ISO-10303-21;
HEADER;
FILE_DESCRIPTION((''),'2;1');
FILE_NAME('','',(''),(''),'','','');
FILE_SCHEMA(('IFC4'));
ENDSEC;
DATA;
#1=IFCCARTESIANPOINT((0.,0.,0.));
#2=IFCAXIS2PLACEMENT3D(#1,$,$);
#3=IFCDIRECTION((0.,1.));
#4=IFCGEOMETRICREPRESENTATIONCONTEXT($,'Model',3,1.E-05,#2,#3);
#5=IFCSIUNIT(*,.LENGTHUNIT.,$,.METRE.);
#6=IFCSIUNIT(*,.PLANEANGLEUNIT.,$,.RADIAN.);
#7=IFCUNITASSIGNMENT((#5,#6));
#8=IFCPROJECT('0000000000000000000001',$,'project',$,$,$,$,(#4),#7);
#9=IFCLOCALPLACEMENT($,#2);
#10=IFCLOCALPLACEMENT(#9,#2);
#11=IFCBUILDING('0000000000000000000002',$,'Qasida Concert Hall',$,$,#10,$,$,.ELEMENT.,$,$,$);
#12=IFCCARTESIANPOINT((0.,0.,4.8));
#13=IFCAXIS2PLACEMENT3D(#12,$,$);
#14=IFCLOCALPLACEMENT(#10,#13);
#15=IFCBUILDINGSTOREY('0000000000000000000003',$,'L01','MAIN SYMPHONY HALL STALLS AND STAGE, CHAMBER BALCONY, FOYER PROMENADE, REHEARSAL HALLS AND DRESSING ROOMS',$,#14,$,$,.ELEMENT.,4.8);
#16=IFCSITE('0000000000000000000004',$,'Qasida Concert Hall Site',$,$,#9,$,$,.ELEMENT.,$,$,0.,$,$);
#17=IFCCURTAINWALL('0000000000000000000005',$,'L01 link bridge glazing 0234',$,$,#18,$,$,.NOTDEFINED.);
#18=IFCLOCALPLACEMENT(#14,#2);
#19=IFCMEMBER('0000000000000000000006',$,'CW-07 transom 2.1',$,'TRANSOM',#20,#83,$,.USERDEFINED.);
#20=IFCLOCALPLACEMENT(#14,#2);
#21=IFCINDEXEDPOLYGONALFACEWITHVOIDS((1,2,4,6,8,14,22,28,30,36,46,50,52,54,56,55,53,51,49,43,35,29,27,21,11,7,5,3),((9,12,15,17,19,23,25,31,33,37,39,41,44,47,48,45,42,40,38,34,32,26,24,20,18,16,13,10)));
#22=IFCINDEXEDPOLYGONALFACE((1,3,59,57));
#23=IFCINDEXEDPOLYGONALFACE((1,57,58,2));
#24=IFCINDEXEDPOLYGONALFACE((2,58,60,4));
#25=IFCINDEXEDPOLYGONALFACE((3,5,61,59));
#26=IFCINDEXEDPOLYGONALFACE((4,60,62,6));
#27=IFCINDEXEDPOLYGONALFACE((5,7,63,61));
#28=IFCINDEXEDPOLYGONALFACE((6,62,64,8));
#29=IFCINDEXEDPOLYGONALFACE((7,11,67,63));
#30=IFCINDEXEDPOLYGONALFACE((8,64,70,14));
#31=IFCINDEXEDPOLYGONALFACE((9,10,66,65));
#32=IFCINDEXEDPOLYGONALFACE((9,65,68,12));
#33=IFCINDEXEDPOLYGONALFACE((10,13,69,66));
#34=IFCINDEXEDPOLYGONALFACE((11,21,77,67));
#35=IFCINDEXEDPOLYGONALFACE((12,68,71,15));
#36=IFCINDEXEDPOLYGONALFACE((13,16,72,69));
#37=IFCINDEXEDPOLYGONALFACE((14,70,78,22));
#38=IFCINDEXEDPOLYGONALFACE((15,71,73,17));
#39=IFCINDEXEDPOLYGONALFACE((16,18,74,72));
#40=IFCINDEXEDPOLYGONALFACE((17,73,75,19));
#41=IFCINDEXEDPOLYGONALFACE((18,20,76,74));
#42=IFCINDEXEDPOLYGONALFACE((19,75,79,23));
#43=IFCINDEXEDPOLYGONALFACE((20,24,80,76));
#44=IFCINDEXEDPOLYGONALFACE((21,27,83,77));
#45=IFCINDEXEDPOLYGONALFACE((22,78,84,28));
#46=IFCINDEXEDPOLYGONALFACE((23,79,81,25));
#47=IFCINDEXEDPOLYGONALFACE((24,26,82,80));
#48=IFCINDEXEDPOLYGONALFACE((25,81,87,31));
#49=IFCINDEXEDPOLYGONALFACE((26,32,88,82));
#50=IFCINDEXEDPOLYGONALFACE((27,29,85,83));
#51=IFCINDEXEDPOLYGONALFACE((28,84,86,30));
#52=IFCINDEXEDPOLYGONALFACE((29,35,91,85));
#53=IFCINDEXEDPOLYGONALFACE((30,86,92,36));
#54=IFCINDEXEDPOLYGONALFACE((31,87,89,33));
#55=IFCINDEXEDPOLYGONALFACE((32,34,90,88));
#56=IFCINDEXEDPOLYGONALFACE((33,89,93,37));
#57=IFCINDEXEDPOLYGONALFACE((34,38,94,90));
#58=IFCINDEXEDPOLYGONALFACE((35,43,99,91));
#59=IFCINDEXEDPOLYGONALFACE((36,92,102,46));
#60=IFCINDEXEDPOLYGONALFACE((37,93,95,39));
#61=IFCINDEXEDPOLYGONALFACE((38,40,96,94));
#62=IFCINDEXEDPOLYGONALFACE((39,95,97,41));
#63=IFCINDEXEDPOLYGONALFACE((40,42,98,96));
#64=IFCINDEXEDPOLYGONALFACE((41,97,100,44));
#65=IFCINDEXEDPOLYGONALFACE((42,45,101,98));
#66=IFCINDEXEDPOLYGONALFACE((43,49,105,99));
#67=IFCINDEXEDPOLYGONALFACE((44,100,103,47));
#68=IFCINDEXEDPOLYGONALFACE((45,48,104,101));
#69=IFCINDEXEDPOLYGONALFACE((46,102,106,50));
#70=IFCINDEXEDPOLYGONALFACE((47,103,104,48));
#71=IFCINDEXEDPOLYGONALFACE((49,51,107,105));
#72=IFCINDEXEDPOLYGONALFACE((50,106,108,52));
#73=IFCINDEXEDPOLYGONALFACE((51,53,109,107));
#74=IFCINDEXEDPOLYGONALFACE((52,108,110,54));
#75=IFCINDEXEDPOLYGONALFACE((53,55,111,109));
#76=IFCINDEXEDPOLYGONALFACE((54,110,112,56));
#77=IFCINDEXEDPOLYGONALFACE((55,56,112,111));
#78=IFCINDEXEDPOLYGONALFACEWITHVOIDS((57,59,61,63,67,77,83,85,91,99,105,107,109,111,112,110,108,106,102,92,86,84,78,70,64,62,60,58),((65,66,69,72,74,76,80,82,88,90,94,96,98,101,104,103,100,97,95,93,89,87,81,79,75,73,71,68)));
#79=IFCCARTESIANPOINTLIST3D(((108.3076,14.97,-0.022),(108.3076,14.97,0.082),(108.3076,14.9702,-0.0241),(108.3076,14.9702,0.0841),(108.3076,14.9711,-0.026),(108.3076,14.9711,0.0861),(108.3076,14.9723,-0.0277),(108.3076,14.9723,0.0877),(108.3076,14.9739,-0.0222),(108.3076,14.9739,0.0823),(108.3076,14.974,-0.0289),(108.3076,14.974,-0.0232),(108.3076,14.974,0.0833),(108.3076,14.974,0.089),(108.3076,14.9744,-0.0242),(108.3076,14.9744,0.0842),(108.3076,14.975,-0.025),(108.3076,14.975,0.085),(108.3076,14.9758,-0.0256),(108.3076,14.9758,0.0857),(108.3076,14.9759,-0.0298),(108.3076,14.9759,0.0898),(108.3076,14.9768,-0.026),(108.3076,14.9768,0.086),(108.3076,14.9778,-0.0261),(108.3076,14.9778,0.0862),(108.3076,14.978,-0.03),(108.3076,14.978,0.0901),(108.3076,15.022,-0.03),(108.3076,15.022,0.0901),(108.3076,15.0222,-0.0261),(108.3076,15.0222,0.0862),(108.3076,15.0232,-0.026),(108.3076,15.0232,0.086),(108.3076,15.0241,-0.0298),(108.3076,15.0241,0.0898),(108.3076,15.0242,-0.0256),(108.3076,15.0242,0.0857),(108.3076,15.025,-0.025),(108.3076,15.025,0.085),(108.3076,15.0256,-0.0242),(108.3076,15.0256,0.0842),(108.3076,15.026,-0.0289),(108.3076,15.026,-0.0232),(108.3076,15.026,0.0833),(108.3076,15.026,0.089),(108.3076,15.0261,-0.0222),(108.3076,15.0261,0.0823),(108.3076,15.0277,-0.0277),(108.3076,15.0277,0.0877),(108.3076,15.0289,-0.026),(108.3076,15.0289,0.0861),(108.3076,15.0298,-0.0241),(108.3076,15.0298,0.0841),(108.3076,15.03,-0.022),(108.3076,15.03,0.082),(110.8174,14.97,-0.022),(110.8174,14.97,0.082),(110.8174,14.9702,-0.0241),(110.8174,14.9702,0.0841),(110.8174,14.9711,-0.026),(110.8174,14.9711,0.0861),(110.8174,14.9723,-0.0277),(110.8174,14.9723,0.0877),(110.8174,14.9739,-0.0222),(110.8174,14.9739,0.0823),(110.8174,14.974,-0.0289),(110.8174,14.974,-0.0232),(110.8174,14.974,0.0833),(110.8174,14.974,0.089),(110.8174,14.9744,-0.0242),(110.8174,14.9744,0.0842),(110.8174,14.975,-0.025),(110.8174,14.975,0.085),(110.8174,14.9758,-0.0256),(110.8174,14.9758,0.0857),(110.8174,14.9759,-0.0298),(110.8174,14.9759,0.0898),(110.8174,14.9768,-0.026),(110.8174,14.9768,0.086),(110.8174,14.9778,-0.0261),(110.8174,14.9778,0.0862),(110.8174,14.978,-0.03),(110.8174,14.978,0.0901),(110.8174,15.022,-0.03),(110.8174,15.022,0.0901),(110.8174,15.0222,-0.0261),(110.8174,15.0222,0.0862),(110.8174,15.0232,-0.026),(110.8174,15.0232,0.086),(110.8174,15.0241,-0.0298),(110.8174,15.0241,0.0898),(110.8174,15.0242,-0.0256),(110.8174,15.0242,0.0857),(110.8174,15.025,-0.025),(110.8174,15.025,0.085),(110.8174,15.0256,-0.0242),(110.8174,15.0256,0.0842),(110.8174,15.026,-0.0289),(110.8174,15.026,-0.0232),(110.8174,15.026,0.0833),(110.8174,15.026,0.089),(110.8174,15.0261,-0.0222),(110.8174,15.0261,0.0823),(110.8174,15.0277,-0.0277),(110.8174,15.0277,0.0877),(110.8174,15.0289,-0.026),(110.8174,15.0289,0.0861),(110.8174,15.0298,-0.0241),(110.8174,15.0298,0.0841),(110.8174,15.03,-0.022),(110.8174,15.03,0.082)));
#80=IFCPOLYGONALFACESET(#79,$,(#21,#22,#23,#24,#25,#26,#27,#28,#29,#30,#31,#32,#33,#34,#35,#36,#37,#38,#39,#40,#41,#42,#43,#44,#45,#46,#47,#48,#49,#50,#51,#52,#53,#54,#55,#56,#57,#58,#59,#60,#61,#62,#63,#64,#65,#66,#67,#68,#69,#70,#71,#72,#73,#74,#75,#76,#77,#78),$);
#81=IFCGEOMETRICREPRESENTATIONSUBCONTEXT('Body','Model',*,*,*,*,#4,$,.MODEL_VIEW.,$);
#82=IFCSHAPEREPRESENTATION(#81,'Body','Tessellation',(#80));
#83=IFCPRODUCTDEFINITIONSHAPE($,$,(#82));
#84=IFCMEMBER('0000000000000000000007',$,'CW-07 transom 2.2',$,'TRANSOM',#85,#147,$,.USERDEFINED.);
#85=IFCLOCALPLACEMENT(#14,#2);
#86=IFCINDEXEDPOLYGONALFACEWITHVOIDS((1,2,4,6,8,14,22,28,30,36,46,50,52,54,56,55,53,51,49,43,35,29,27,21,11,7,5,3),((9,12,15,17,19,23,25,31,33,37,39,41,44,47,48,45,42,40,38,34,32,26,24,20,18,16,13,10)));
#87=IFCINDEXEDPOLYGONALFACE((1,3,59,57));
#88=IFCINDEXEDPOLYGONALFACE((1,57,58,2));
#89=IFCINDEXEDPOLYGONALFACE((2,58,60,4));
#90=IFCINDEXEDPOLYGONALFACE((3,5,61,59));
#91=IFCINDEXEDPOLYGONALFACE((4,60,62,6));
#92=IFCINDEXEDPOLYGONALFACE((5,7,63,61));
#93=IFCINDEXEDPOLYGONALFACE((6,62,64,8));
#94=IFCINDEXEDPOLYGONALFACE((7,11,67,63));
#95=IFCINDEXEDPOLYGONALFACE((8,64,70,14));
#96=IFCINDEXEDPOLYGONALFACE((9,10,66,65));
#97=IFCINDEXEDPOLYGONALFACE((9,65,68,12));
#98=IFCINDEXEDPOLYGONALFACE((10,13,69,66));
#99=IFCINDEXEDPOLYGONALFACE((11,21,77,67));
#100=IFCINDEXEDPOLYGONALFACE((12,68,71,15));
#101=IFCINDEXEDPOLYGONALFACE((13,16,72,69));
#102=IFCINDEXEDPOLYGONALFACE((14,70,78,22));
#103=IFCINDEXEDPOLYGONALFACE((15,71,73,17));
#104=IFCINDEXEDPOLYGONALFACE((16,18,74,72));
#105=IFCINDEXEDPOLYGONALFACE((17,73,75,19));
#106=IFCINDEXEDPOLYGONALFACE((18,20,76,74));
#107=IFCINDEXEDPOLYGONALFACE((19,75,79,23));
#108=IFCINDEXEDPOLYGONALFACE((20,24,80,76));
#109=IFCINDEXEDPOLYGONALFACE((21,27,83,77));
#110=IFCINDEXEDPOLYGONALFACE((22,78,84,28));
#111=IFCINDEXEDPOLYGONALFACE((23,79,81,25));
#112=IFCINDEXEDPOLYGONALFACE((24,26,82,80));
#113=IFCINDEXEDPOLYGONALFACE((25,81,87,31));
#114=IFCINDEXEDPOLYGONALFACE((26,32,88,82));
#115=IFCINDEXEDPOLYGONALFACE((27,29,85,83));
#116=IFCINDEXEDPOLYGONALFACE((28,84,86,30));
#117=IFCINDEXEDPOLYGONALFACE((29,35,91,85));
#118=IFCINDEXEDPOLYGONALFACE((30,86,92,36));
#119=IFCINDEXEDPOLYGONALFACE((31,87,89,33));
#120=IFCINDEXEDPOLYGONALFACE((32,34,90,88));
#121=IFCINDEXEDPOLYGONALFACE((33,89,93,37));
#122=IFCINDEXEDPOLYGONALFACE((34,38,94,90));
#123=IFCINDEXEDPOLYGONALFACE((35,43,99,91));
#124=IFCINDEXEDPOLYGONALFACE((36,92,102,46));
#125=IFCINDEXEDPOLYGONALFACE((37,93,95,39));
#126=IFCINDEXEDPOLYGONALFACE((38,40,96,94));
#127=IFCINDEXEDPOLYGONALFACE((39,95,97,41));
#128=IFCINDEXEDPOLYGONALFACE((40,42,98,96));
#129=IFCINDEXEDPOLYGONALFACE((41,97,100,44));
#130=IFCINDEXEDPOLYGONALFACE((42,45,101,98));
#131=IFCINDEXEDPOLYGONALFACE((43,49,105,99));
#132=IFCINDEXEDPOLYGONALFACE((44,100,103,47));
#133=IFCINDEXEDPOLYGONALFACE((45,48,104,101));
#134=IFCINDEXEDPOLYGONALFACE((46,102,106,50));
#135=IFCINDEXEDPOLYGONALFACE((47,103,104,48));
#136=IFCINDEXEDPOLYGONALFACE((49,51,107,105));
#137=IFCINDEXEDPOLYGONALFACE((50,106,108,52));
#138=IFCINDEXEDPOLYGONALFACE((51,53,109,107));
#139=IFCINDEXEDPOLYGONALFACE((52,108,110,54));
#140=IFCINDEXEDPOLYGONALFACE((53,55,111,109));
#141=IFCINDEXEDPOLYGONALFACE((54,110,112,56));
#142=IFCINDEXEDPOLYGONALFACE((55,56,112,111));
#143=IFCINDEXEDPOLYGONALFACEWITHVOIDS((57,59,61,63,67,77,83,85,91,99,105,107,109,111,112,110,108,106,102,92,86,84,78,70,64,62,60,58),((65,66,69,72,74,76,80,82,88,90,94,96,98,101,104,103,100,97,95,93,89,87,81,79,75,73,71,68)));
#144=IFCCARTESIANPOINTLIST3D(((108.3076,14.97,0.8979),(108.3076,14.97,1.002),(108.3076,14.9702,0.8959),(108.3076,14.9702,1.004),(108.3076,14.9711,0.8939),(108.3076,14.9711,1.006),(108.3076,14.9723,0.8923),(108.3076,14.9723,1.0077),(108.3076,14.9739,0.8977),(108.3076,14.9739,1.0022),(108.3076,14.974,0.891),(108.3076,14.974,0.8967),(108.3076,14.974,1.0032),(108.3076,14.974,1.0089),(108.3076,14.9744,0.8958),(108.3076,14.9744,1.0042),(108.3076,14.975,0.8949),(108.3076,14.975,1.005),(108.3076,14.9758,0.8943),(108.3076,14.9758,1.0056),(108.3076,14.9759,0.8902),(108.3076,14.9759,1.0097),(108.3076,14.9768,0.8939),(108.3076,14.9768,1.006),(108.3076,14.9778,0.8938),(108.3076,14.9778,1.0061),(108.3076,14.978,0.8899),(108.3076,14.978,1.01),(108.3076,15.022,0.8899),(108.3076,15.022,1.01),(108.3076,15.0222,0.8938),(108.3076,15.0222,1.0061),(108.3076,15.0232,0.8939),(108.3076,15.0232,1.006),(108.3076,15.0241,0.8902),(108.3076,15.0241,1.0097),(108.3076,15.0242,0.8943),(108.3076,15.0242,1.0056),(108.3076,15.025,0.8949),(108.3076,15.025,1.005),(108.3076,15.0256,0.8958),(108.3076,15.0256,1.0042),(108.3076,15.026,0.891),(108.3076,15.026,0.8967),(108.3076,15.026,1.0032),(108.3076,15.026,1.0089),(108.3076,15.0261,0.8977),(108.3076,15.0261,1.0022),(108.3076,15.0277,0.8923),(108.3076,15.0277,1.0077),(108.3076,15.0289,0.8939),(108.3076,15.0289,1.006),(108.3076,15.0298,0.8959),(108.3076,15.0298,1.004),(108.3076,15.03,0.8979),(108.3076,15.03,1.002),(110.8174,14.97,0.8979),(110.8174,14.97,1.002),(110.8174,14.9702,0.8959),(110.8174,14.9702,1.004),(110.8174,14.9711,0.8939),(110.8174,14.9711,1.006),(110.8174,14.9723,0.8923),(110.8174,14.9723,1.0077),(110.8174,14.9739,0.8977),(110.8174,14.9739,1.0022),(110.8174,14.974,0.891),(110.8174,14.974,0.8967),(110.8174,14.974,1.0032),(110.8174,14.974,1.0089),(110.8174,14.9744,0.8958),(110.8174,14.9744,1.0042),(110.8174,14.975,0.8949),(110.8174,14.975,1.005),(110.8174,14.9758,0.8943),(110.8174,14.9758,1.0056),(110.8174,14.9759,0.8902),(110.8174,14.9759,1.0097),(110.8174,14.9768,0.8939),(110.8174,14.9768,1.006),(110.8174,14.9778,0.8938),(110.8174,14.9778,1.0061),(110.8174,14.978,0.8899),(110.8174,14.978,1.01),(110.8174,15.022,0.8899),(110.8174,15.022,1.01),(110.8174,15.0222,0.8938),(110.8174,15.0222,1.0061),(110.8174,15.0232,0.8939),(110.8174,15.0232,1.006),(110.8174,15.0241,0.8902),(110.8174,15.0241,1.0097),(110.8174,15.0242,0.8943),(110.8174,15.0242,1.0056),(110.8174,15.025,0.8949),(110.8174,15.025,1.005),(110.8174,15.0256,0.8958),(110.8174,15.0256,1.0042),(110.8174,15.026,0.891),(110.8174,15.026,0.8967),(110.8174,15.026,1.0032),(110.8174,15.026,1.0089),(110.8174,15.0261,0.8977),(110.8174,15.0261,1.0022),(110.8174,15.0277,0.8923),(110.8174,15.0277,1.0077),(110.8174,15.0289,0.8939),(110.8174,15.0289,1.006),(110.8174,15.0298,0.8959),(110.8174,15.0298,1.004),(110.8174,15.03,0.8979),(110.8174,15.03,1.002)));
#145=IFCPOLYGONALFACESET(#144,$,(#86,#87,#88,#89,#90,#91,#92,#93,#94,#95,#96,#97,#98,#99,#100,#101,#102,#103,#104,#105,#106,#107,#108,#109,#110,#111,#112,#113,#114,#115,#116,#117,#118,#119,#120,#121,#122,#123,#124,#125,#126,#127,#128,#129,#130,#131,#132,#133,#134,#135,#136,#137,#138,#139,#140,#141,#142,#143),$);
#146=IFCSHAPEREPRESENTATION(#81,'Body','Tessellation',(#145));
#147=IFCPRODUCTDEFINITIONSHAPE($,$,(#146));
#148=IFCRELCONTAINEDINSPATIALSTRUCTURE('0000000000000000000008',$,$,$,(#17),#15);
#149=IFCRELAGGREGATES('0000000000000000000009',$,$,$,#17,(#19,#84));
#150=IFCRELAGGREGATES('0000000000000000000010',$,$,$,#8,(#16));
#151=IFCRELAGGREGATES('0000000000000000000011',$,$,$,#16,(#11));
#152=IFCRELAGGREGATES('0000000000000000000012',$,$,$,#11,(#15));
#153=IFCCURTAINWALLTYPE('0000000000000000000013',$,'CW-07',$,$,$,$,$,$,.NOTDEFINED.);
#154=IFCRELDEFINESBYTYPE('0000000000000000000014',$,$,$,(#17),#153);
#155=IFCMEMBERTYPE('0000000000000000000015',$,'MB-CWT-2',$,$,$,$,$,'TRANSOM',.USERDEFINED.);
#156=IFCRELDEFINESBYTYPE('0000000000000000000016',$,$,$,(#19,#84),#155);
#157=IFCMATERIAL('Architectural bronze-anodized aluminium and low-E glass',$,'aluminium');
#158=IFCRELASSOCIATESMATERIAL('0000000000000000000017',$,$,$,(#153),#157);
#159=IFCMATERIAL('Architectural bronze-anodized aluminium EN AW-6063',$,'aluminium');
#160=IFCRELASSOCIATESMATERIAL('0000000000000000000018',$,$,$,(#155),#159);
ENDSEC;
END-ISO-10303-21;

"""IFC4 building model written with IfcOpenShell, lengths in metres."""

from ifc_helpers import new_model, si_unit, direction, frame, origin, origin_2d, place, context, subcontext, project, spatial, hollow_rectangle, extrude, material, material_profile, profile_set, type_object, element, aggregate, save


model = new_model("IFC4")

# Units and contexts
model_context = context("Model", 3, precision=1e-05, world=origin(), true_north=direction((0.0, 1.0)))
body_context = subcontext(model_context, "Body", "Model", "MODEL_VIEW")
ifc_project = project(units=[si_unit("LENGTHUNIT", "METRE"), si_unit("PLANEANGLEUNIT", "RADIAN")], contexts=[model_context])

# Site, building, storey
site_placement = place(None, origin())
site = spatial("IfcSite", under=ifc_project, at=site_placement, Name="Qasida Concert Hall Site", CompositionType="ELEMENT", RefElevation=0.0)
building_placement = place(site_placement, origin())
building = spatial("IfcBuilding", under=site, at=building_placement, Name="Qasida Concert Hall", CompositionType="ELEMENT")
storey_placement = place(building_placement, frame((0.0, 0.0, 4.8)))
storey = spatial("IfcBuildingStorey", under=building, at=storey_placement, Name="L01", Description="MAIN SYMPHONY HALL STALLS AND STAGE, CHAMBER BALCONY, FOYER PROMENADE, REHEARSAL HALLS AND DRESSING ROOMS", CompositionType="ELEMENT", Elevation=4.8)

# Curtain wall
ifc_material_1 = material(Name="Architectural bronze-anodized aluminium and low-E glass", Category="aluminium")
curtain_wall_type = type_object("IfcCurtainWallType", Name="CW-07", PredefinedType="NOTDEFINED", material=ifc_material_1)
curtain_wall_1_placement = place(storey_placement, origin())
curtain_wall_1 = element("IfcCurtainWall", 1, at=curtain_wall_1_placement, inside=storey, type_object=curtain_wall_type, Name="L01 link bridge glazing 0234", PredefinedType="NOTDEFINED")
ifc_material_2 = material(Name="Architectural bronze-anodized aluminium EN AW-6063", Category="aluminium")

# Members
ifc_material_profile_1 = material_profile(ifc_material_2, hollow_rectangle(XDim=0.0601, YDim=0.1201, WallThickness=0.0039, InnerFilletRadius=0.0039, OuterFilletRadius=0.0081, at=origin_2d()), Name="CWT 120x60x4")
ifc_profile_set_1 = profile_set([ifc_material_profile_1], Name="Architectural bronze-anodized aluminium EN AW-6063")
member_type_1 = type_object("IfcMemberType", Name="MB-CWT-2", ElementType="TRANSOM", PredefinedType="USERDEFINED", material=ifc_profile_set_1)
member_1_placement = place(storey_placement, frame((108.3076, 15.0, 0.03), z_axis=(1.0, 0.0, 0.0), x_axis=(0.0, 1.0, 0.0)))
member_1 = element("IfcMember", 2, at=member_1_placement, type_object=member_type_1, Name="CW-07 transom 2.1", ObjectType="TRANSOM", PredefinedType="USERDEFINED", context=body_context, shape_type="SweptSolid", body=[
    extrude(hollow_rectangle(XDim=0.0601, YDim=0.1201, WallThickness=0.0039, InnerFilletRadius=0.0039, OuterFilletRadius=0.0081, at=origin_2d()), origin(), (0.0, 0.0, 1.0), 2.5098),
])
member_2_placement = place(storey_placement, frame((108.3076, 15.0, 0.95), z_axis=(1.0, 0.0, 0.0), x_axis=(0.0, 1.0, 0.0)))
member_2 = element("IfcMember", 3, at=member_2_placement, type_object=member_type_1, Name="CW-07 transom 2.2", ObjectType="TRANSOM", PredefinedType="USERDEFINED", context=body_context, shape_type="SweptSolid", body=[
    extrude(hollow_rectangle(XDim=0.0601, YDim=0.1201, WallThickness=0.0039, InnerFilletRadius=0.0039, OuterFilletRadius=0.0081, at=origin_2d()), origin(), (0.0, 0.0, 1.0), 2.5098),
])

aggregate(curtain_wall_1, [member_1, member_2])

save(model, "model.ifc")
